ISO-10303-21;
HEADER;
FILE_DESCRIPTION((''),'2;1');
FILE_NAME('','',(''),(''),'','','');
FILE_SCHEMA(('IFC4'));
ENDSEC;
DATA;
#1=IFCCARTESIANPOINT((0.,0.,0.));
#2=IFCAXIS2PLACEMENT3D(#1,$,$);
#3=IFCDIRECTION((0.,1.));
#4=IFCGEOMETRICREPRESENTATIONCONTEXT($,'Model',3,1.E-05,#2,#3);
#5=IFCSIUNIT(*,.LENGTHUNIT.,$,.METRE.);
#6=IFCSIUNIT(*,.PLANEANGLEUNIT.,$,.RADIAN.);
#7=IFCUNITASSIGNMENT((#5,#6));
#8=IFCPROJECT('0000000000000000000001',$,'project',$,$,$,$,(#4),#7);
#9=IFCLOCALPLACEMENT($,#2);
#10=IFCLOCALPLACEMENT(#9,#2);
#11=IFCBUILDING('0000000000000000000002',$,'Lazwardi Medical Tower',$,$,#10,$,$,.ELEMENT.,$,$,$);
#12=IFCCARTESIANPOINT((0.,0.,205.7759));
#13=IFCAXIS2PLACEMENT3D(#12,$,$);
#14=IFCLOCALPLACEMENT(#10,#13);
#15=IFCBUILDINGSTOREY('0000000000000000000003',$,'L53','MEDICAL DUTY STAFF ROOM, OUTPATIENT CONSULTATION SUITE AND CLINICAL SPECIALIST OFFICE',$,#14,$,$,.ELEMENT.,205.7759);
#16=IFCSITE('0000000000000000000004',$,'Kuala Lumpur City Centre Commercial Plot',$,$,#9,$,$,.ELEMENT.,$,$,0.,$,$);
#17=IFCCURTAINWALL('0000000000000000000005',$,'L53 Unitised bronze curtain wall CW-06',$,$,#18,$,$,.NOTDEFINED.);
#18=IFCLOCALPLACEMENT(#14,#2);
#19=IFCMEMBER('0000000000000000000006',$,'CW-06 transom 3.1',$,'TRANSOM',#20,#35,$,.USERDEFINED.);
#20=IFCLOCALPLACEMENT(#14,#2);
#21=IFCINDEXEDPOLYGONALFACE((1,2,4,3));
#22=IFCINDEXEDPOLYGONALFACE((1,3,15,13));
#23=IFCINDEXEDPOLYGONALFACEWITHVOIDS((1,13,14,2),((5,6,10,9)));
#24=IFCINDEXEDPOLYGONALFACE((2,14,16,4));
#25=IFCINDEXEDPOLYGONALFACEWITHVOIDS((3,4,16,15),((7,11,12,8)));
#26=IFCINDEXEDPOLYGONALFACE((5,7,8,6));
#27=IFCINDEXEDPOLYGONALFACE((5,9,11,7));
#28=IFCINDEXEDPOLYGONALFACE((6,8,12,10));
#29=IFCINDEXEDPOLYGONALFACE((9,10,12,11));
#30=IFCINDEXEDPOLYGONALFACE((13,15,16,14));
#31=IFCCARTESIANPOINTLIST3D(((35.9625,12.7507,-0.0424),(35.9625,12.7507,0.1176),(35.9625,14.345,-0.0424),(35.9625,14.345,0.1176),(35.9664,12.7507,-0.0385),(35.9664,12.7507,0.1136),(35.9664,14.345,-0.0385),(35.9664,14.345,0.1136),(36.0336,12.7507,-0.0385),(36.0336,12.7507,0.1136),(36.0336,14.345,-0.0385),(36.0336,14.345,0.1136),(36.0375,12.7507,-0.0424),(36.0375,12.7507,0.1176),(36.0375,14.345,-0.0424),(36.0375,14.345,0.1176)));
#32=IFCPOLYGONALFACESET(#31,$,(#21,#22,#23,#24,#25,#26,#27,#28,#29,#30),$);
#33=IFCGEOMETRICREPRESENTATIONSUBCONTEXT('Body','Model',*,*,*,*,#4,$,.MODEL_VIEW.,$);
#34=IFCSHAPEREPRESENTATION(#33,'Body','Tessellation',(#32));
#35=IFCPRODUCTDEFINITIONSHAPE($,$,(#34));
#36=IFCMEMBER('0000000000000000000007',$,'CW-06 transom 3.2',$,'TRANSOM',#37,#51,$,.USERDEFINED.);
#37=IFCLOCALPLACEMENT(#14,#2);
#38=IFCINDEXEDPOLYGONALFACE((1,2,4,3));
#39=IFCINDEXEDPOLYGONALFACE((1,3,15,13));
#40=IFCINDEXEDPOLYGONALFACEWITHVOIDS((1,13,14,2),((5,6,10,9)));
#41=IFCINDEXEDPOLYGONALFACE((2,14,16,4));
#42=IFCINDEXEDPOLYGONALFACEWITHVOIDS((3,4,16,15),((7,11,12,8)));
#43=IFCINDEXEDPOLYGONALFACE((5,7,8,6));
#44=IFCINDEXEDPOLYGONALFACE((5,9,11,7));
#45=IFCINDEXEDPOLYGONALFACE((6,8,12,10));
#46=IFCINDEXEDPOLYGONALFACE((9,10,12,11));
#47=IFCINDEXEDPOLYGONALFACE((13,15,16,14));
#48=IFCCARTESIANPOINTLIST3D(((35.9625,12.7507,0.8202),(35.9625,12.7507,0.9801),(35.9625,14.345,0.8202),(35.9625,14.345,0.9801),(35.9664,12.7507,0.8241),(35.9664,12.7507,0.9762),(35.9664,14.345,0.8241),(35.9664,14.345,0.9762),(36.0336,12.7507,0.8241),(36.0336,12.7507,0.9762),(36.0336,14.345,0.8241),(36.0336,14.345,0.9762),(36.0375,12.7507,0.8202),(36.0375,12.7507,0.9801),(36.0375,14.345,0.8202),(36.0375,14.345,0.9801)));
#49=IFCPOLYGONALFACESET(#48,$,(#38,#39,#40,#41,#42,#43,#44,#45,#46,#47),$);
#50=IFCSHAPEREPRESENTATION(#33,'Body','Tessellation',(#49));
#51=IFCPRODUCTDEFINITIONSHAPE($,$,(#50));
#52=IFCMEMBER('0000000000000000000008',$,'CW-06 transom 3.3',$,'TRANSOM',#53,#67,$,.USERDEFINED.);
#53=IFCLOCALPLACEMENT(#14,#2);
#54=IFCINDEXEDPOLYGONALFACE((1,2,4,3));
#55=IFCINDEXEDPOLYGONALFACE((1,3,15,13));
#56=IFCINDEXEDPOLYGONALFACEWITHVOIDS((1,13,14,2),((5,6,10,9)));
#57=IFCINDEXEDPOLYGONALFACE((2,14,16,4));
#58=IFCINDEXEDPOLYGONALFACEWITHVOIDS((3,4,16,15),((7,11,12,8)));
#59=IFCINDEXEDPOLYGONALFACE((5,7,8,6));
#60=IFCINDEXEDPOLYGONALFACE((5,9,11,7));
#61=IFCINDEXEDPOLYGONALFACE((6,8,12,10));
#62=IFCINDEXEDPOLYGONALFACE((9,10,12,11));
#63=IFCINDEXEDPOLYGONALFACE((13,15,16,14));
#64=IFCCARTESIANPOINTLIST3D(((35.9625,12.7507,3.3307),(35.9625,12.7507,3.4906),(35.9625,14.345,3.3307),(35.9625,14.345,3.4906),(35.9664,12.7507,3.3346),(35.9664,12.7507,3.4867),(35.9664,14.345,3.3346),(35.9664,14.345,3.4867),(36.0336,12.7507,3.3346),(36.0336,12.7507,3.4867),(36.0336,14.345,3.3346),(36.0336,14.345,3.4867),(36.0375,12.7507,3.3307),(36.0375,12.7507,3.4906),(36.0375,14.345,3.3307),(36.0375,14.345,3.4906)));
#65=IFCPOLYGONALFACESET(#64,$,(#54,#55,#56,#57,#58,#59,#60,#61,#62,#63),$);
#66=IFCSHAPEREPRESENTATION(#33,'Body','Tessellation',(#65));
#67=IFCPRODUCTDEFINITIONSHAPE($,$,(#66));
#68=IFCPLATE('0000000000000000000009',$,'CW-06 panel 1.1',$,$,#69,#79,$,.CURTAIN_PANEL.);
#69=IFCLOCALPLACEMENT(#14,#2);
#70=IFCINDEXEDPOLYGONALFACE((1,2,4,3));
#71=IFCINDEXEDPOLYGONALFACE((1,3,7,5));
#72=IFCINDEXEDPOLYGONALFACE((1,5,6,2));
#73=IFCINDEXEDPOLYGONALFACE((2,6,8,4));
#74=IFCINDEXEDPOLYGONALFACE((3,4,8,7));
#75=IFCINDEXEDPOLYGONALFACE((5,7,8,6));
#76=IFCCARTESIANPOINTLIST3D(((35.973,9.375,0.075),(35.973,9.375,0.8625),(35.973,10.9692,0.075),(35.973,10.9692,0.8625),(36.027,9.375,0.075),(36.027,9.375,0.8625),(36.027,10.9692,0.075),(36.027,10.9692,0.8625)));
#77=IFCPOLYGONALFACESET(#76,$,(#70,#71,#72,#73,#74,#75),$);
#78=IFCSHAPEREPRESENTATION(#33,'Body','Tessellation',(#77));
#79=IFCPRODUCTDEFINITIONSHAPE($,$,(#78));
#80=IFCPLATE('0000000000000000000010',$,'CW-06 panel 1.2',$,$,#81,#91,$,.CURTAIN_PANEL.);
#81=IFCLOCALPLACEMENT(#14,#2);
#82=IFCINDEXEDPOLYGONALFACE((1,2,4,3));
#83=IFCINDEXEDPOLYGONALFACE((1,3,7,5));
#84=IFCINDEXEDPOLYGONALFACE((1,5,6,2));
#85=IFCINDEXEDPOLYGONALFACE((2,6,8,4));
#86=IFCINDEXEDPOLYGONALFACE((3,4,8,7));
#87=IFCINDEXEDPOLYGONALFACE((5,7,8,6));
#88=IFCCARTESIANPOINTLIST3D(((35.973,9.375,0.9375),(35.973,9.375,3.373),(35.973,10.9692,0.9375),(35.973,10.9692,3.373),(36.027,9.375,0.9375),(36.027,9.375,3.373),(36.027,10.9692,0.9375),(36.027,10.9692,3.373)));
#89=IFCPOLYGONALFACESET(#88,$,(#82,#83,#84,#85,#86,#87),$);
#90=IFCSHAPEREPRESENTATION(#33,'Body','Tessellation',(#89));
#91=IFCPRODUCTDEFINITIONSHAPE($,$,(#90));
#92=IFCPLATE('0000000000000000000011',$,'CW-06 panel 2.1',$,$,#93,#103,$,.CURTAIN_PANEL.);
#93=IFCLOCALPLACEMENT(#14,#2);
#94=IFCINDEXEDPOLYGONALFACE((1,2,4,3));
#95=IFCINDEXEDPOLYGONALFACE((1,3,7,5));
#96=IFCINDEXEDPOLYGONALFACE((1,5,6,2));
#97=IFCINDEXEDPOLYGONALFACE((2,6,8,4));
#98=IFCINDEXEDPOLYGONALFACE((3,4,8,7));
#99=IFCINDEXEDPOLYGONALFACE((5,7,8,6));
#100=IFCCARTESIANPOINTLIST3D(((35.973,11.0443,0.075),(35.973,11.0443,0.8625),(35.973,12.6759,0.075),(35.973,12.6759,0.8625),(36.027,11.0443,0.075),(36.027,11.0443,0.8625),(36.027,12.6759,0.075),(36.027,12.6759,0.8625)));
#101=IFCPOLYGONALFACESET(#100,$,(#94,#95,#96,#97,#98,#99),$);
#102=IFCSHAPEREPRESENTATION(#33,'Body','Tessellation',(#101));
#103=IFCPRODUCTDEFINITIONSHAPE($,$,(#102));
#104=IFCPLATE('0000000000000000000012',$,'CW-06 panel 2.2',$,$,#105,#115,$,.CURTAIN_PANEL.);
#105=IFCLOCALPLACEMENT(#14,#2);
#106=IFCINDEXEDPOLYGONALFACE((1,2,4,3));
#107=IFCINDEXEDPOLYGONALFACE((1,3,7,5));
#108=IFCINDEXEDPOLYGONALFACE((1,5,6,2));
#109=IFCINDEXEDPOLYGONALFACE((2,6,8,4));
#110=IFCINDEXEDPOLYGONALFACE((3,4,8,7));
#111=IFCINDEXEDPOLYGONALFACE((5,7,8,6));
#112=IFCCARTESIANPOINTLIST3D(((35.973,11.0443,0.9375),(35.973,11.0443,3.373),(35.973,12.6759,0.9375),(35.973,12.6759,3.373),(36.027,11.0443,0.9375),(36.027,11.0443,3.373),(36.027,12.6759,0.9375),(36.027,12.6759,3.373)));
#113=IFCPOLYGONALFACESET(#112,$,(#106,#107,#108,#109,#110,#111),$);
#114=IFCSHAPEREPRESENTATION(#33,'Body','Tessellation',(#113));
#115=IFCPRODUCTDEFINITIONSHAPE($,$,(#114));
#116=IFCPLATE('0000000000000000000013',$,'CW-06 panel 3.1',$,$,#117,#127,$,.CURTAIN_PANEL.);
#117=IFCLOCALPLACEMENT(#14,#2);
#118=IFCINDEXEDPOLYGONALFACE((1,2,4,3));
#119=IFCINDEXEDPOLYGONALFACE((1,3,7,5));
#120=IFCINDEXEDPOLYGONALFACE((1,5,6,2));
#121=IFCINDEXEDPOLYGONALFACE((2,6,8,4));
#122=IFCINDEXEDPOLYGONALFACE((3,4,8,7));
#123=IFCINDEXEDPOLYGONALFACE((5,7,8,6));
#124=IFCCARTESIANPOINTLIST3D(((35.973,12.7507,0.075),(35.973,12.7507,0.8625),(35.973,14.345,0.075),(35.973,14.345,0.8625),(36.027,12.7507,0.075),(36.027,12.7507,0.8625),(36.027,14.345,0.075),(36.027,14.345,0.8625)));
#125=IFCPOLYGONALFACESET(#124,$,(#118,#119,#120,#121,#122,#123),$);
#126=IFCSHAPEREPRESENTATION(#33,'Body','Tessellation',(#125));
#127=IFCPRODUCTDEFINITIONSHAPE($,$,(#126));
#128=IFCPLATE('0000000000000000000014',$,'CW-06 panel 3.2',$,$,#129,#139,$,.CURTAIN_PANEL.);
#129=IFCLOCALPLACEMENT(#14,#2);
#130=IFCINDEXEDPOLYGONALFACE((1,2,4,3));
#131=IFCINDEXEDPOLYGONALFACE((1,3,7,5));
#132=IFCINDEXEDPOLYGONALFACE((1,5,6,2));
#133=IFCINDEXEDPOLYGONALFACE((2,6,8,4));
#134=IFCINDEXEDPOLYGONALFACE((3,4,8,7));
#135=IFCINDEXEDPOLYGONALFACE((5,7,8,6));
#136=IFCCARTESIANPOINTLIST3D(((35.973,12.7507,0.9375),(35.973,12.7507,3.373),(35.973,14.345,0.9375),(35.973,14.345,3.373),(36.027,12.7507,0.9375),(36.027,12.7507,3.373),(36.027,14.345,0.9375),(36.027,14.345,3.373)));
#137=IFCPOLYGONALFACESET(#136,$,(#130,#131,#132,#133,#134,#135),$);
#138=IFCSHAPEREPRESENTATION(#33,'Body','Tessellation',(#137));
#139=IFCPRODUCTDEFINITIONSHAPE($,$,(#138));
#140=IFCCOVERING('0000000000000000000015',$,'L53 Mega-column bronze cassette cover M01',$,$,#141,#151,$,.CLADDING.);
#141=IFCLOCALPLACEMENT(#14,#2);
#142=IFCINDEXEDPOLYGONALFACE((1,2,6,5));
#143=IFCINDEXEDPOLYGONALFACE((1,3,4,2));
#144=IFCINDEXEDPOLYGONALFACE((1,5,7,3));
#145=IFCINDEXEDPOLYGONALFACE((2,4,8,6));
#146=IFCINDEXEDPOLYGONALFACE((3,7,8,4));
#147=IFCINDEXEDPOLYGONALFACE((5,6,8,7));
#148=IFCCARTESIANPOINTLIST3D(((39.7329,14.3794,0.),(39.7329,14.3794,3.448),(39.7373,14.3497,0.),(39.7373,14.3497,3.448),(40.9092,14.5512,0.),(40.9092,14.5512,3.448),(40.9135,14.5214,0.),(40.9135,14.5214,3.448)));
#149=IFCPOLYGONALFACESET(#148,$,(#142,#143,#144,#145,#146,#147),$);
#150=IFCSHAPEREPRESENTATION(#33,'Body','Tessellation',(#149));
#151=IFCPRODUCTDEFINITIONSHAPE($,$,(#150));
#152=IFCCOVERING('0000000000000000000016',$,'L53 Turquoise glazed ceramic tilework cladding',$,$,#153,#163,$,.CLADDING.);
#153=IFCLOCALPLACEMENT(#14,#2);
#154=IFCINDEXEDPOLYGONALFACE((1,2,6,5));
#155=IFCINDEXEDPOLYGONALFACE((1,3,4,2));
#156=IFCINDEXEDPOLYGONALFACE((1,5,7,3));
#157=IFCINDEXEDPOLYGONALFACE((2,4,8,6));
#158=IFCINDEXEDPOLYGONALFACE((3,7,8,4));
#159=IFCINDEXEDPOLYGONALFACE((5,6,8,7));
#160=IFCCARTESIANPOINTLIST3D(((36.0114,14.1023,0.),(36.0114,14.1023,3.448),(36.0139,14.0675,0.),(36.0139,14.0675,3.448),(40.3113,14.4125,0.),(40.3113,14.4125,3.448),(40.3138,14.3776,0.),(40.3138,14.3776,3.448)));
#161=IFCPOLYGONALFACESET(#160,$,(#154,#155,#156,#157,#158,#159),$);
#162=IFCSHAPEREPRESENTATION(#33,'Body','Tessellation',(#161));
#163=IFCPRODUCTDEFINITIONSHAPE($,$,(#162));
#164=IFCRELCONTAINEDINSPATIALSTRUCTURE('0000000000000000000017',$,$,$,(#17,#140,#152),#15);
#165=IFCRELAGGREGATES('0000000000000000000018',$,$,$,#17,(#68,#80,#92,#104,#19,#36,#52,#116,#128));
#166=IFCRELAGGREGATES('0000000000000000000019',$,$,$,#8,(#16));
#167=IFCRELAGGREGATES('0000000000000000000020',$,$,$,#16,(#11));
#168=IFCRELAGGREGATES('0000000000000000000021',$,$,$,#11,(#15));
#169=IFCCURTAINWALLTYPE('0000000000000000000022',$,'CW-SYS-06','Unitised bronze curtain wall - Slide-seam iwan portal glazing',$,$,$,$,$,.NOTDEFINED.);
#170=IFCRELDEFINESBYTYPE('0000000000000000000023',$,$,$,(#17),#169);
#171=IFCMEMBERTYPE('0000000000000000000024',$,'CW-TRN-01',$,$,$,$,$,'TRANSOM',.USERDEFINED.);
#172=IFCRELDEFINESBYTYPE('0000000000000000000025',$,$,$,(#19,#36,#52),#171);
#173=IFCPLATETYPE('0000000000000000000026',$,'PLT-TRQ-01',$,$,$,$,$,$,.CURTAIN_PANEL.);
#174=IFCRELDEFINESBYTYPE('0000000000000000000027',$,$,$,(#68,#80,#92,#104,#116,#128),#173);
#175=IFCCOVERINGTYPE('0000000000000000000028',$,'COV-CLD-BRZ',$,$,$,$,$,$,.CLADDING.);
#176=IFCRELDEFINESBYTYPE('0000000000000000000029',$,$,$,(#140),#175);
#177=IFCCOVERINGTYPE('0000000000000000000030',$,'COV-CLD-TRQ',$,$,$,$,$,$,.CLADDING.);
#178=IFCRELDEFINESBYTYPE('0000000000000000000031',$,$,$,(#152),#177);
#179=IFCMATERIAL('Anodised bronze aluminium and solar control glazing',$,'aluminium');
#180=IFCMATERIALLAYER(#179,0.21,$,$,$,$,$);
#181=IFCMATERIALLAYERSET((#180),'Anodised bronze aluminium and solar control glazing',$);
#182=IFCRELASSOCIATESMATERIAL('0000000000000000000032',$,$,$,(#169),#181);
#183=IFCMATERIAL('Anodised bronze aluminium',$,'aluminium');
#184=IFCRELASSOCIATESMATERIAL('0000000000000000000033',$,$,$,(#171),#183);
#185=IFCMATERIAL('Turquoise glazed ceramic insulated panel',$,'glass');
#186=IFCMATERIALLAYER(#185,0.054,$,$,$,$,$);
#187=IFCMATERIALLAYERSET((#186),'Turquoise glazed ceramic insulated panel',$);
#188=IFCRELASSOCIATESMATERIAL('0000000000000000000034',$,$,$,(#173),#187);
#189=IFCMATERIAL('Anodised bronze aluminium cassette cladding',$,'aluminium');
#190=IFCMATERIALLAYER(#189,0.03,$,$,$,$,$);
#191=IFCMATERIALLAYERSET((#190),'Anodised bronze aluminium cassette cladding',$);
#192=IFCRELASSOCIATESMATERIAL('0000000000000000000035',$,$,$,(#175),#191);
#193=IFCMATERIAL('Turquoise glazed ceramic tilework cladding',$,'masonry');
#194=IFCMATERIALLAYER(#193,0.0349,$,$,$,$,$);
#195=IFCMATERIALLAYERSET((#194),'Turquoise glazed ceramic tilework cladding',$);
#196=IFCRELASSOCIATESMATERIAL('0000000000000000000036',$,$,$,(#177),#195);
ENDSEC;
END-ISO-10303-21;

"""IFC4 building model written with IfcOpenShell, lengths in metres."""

from ifc_helpers import new_model, si_unit, direction, frame, origin, origin_2d, place, context, subcontext, project, spatial, rectangle, hollow_rectangle, extrude, material, layer, layer_set, material_profile, profile_set, type_object, element, aggregate, save


model = new_model("IFC4")

# Units and contexts
model_context = context("Model", 3, precision=1e-05, world=origin(), true_north=direction((0.0, 1.0)))
body_context = subcontext(model_context, "Body", "Model", "MODEL_VIEW")
ifc_project = project(units=[si_unit("LENGTHUNIT", "METRE"), si_unit("PLANEANGLEUNIT", "RADIAN")], contexts=[model_context])

# Site, building, storey
site_placement = place(None, origin())
site = spatial("IfcSite", under=ifc_project, at=site_placement, Name="Kuala Lumpur City Centre Commercial Plot", CompositionType="ELEMENT", RefElevation=0.0)
building_placement = place(site_placement, origin())
building = spatial("IfcBuilding", under=site, at=building_placement, Name="Lazwardi Medical Tower", CompositionType="ELEMENT")
storey_placement = place(building_placement, frame((0.0, 0.0, 205.7759)))
storey = spatial("IfcBuildingStorey", under=building, at=storey_placement, Name="L53", Description="MEDICAL DUTY STAFF ROOM, OUTPATIENT CONSULTATION SUITE AND CLINICAL SPECIALIST OFFICE", CompositionType="ELEMENT", Elevation=205.7759)

# Curtain wall
ifc_material_1 = material(Name="Anodised bronze aluminium and solar control glazing", Category="aluminium")
ifc_layer_1 = layer(ifc_material_1, 0.21)
ifc_layer_set_1 = layer_set([ifc_layer_1], Name="Anodised bronze aluminium and solar control glazing")
curtain_wall_type_1 = type_object("IfcCurtainWallType", Name="CW-SYS-06", Description="Unitised bronze curtain wall - Slide-seam iwan portal glazing", PredefinedType="NOTDEFINED", material=ifc_layer_set_1)
curtain_wall_1_placement = place(storey_placement, origin())
curtain_wall_1 = element("IfcCurtainWall", 1, at=curtain_wall_1_placement, inside=storey, type_object=curtain_wall_type_1, Name="L53 Unitised bronze curtain wall CW-06", PredefinedType="NOTDEFINED")
ifc_material_2 = material(Name="Anodised bronze aluminium", Category="aluminium")

# Members
ifc_material_profile_1 = material_profile(ifc_material_2, hollow_rectangle(XDim=0.075, YDim=0.1599, WallThickness=0.0039, at=origin_2d()), Name="ALU-TRANSOM 160x75x4")
ifc_profile_set_1 = profile_set([ifc_material_profile_1], Name="Anodised bronze aluminium")
member_type_1 = type_object("IfcMemberType", Name="CW-TRN-01", ElementType="TRANSOM", PredefinedType="USERDEFINED", material=ifc_profile_set_1)
member_1_placement = place(storey_placement, frame((36.0, 12.7507, 0.0376), z_axis=(0.0, 1.0, 0.0), x_axis=(-1.0, 0.0, 0.0)))
member_1 = element("IfcMember", 2, at=member_1_placement, type_object=member_type_1, Name="CW-06 transom 3.1", ObjectType="TRANSOM", PredefinedType="USERDEFINED", context=body_context, shape_type="SweptSolid", body=[
    extrude(hollow_rectangle(XDim=0.075, YDim=0.1599, WallThickness=0.0039, at=origin_2d()), origin(), (0.0, 0.0, 1.0), 1.5942),
])
member_2_placement = place(storey_placement, frame((36.0, 12.7507, 0.9001), z_axis=(0.0, 1.0, 0.0), x_axis=(-1.0, 0.0, 0.0)))
member_2 = element("IfcMember", 3, at=member_2_placement, type_object=member_type_1, Name="CW-06 transom 3.2", ObjectType="TRANSOM", PredefinedType="USERDEFINED", context=body_context, shape_type="SweptSolid", body=[
    extrude(hollow_rectangle(XDim=0.075, YDim=0.1599, WallThickness=0.0039, at=origin_2d()), origin(), (0.0, 0.0, 1.0), 1.5942),
])
member_3_placement = place(storey_placement, frame((36.0, 12.7507, 3.4106), z_axis=(0.0, 1.0, 0.0), x_axis=(-1.0, 0.0, 0.0)))
member_3 = element("IfcMember", 4, at=member_3_placement, type_object=member_type_1, Name="CW-06 transom 3.3", ObjectType="TRANSOM", PredefinedType="USERDEFINED", context=body_context, shape_type="SweptSolid", body=[
    extrude(hollow_rectangle(XDim=0.075, YDim=0.1599, WallThickness=0.0039, at=origin_2d()), origin(), (0.0, 0.0, 1.0), 1.5942),
])

# Plates
ifc_material_3 = material(Name="Turquoise glazed ceramic insulated panel", Category="glass")
ifc_layer_2 = layer(ifc_material_3, 0.054)
ifc_layer_set_2 = layer_set([ifc_layer_2], Name="Turquoise glazed ceramic insulated panel")
plate_type = type_object("IfcPlateType", Name="PLT-TRQ-01", PredefinedType="CURTAIN_PANEL", material=ifc_layer_set_2)
plate_1_placement = place(storey_placement, frame((36.0, 10.1721, 0.075), z_axis=(0.0, 0.0, 1.0), x_axis=(0.0, 1.0, 0.0)))
plate_1 = element("IfcPlate", 5, at=plate_1_placement, type_object=plate_type, Name="CW-06 panel 1.1", PredefinedType="CURTAIN_PANEL", context=body_context, shape_type="SweptSolid", body=[
    extrude(rectangle(XDim=1.5942, YDim=0.054, at=origin_2d()), origin(), (0.0, 0.0, 1.0), 0.7876),
])
plate_2_placement = place(storey_placement, frame((36.0, 10.1721, 0.9375), z_axis=(0.0, 0.0, 1.0), x_axis=(0.0, 1.0, 0.0)))
plate_2 = element("IfcPlate", 6, at=plate_2_placement, type_object=plate_type, Name="CW-06 panel 1.2", PredefinedType="CURTAIN_PANEL", context=body_context, shape_type="SweptSolid", body=[
    extrude(rectangle(XDim=1.5942, YDim=0.054, at=origin_2d()), origin(), (0.0, 0.0, 1.0), 2.4355),
])
plate_3_placement = place(storey_placement, frame((36.0, 11.8601, 0.075), z_axis=(0.0, 0.0, 1.0), x_axis=(0.0, 1.0, 0.0)))
plate_3 = element("IfcPlate", 7, at=plate_3_placement, type_object=plate_type, Name="CW-06 panel 2.1", PredefinedType="CURTAIN_PANEL", context=body_context, shape_type="SweptSolid", body=[
    extrude(rectangle(XDim=1.6316, YDim=0.054, at=origin_2d()), origin(), (0.0, 0.0, 1.0), 0.7876),
])
plate_4_placement = place(storey_placement, frame((36.0, 11.8601, 0.9375), z_axis=(0.0, 0.0, 1.0), x_axis=(0.0, 1.0, 0.0)))
plate_4 = element("IfcPlate", 8, at=plate_4_placement, type_object=plate_type, Name="CW-06 panel 2.2", PredefinedType="CURTAIN_PANEL", context=body_context, shape_type="SweptSolid", body=[
    extrude(rectangle(XDim=1.6316, YDim=0.054, at=origin_2d()), origin(), (0.0, 0.0, 1.0), 2.4355),
])
plate_5_placement = place(storey_placement, frame((36.0, 13.5479, 0.075), z_axis=(0.0, 0.0, 1.0), x_axis=(0.0, 1.0, 0.0)))
plate_5 = element("IfcPlate", 9, at=plate_5_placement, type_object=plate_type, Name="CW-06 panel 3.1", PredefinedType="CURTAIN_PANEL", context=body_context, shape_type="SweptSolid", body=[
    extrude(rectangle(XDim=1.5942, YDim=0.054, at=origin_2d()), origin(), (0.0, 0.0, 1.0), 0.7876),
])
plate_6_placement = place(storey_placement, frame((36.0, 13.5479, 0.9375), z_axis=(0.0, 0.0, 1.0), x_axis=(0.0, 1.0, 0.0)))
plate_6 = element("IfcPlate", 10, at=plate_6_placement, type_object=plate_type, Name="CW-06 panel 3.2", PredefinedType="CURTAIN_PANEL", context=body_context, shape_type="SweptSolid", body=[
    extrude(rectangle(XDim=1.5942, YDim=0.054, at=origin_2d()), origin(), (0.0, 0.0, 1.0), 2.4355),
])
aggregate(curtain_wall_1, [plate_1, plate_2, plate_3, plate_4, member_1, member_2, member_3, plate_5, plate_6])

# Coverings
ifc_material_4 = material(Name="Anodised bronze aluminium cassette cladding", Category="aluminium")
ifc_layer_3 = layer(ifc_material_4, 0.03)
ifc_layer_set_3 = layer_set([ifc_layer_3], Name="Anodised bronze aluminium cassette cladding")
covering_type_1 = type_object("IfcCoveringType", Name="COV-CLD-BRZ", PredefinedType="CLADDING", material=ifc_layer_set_3)
covering_1_placement = place(storey_placement, frame((40.3232, 14.4504, 0.0), z_axis=(0.0, 0.0, 1.0), x_axis=(0.989512, 0.144448, 0.0)))
element("IfcCovering", 11, at=covering_1_placement, inside=storey, type_object=covering_type_1, Name="L53 Mega-column bronze cassette cover M01", PredefinedType="CLADDING", context=body_context, shape_type="SweptSolid", body=[
    extrude(rectangle(XDim=1.1887, YDim=0.03, at=origin_2d()), origin(), (0.0, 0.0, 1.0), 3.448),
])
ifc_material_5 = material(Name="Turquoise glazed ceramic tilework cladding", Category="masonry")
ifc_layer_4 = layer(ifc_material_5, 0.0349)
ifc_layer_set_4 = layer_set([ifc_layer_4], Name="Turquoise glazed ceramic tilework cladding")
covering_type_2 = type_object("IfcCoveringType", Name="COV-CLD-TRQ", PredefinedType="CLADDING", material=ifc_layer_set_4)
covering_2_placement = place(storey_placement, frame((38.1626, 14.24, 0.0), z_axis=(0.0, 0.0, 1.0), x_axis=(0.997409, 0.071933, 0.0)))
element("IfcCovering", 12, at=covering_2_placement, inside=storey, type_object=covering_type_2, Name="L53 Turquoise glazed ceramic tilework cladding", PredefinedType="CLADDING", context=body_context, shape_type="SweptSolid", body=[
    extrude(rectangle(XDim=4.311, YDim=0.0349, at=origin_2d()), origin(), (0.0, 0.0, 1.0), 3.448),
])

save(model, "model.ifc")
